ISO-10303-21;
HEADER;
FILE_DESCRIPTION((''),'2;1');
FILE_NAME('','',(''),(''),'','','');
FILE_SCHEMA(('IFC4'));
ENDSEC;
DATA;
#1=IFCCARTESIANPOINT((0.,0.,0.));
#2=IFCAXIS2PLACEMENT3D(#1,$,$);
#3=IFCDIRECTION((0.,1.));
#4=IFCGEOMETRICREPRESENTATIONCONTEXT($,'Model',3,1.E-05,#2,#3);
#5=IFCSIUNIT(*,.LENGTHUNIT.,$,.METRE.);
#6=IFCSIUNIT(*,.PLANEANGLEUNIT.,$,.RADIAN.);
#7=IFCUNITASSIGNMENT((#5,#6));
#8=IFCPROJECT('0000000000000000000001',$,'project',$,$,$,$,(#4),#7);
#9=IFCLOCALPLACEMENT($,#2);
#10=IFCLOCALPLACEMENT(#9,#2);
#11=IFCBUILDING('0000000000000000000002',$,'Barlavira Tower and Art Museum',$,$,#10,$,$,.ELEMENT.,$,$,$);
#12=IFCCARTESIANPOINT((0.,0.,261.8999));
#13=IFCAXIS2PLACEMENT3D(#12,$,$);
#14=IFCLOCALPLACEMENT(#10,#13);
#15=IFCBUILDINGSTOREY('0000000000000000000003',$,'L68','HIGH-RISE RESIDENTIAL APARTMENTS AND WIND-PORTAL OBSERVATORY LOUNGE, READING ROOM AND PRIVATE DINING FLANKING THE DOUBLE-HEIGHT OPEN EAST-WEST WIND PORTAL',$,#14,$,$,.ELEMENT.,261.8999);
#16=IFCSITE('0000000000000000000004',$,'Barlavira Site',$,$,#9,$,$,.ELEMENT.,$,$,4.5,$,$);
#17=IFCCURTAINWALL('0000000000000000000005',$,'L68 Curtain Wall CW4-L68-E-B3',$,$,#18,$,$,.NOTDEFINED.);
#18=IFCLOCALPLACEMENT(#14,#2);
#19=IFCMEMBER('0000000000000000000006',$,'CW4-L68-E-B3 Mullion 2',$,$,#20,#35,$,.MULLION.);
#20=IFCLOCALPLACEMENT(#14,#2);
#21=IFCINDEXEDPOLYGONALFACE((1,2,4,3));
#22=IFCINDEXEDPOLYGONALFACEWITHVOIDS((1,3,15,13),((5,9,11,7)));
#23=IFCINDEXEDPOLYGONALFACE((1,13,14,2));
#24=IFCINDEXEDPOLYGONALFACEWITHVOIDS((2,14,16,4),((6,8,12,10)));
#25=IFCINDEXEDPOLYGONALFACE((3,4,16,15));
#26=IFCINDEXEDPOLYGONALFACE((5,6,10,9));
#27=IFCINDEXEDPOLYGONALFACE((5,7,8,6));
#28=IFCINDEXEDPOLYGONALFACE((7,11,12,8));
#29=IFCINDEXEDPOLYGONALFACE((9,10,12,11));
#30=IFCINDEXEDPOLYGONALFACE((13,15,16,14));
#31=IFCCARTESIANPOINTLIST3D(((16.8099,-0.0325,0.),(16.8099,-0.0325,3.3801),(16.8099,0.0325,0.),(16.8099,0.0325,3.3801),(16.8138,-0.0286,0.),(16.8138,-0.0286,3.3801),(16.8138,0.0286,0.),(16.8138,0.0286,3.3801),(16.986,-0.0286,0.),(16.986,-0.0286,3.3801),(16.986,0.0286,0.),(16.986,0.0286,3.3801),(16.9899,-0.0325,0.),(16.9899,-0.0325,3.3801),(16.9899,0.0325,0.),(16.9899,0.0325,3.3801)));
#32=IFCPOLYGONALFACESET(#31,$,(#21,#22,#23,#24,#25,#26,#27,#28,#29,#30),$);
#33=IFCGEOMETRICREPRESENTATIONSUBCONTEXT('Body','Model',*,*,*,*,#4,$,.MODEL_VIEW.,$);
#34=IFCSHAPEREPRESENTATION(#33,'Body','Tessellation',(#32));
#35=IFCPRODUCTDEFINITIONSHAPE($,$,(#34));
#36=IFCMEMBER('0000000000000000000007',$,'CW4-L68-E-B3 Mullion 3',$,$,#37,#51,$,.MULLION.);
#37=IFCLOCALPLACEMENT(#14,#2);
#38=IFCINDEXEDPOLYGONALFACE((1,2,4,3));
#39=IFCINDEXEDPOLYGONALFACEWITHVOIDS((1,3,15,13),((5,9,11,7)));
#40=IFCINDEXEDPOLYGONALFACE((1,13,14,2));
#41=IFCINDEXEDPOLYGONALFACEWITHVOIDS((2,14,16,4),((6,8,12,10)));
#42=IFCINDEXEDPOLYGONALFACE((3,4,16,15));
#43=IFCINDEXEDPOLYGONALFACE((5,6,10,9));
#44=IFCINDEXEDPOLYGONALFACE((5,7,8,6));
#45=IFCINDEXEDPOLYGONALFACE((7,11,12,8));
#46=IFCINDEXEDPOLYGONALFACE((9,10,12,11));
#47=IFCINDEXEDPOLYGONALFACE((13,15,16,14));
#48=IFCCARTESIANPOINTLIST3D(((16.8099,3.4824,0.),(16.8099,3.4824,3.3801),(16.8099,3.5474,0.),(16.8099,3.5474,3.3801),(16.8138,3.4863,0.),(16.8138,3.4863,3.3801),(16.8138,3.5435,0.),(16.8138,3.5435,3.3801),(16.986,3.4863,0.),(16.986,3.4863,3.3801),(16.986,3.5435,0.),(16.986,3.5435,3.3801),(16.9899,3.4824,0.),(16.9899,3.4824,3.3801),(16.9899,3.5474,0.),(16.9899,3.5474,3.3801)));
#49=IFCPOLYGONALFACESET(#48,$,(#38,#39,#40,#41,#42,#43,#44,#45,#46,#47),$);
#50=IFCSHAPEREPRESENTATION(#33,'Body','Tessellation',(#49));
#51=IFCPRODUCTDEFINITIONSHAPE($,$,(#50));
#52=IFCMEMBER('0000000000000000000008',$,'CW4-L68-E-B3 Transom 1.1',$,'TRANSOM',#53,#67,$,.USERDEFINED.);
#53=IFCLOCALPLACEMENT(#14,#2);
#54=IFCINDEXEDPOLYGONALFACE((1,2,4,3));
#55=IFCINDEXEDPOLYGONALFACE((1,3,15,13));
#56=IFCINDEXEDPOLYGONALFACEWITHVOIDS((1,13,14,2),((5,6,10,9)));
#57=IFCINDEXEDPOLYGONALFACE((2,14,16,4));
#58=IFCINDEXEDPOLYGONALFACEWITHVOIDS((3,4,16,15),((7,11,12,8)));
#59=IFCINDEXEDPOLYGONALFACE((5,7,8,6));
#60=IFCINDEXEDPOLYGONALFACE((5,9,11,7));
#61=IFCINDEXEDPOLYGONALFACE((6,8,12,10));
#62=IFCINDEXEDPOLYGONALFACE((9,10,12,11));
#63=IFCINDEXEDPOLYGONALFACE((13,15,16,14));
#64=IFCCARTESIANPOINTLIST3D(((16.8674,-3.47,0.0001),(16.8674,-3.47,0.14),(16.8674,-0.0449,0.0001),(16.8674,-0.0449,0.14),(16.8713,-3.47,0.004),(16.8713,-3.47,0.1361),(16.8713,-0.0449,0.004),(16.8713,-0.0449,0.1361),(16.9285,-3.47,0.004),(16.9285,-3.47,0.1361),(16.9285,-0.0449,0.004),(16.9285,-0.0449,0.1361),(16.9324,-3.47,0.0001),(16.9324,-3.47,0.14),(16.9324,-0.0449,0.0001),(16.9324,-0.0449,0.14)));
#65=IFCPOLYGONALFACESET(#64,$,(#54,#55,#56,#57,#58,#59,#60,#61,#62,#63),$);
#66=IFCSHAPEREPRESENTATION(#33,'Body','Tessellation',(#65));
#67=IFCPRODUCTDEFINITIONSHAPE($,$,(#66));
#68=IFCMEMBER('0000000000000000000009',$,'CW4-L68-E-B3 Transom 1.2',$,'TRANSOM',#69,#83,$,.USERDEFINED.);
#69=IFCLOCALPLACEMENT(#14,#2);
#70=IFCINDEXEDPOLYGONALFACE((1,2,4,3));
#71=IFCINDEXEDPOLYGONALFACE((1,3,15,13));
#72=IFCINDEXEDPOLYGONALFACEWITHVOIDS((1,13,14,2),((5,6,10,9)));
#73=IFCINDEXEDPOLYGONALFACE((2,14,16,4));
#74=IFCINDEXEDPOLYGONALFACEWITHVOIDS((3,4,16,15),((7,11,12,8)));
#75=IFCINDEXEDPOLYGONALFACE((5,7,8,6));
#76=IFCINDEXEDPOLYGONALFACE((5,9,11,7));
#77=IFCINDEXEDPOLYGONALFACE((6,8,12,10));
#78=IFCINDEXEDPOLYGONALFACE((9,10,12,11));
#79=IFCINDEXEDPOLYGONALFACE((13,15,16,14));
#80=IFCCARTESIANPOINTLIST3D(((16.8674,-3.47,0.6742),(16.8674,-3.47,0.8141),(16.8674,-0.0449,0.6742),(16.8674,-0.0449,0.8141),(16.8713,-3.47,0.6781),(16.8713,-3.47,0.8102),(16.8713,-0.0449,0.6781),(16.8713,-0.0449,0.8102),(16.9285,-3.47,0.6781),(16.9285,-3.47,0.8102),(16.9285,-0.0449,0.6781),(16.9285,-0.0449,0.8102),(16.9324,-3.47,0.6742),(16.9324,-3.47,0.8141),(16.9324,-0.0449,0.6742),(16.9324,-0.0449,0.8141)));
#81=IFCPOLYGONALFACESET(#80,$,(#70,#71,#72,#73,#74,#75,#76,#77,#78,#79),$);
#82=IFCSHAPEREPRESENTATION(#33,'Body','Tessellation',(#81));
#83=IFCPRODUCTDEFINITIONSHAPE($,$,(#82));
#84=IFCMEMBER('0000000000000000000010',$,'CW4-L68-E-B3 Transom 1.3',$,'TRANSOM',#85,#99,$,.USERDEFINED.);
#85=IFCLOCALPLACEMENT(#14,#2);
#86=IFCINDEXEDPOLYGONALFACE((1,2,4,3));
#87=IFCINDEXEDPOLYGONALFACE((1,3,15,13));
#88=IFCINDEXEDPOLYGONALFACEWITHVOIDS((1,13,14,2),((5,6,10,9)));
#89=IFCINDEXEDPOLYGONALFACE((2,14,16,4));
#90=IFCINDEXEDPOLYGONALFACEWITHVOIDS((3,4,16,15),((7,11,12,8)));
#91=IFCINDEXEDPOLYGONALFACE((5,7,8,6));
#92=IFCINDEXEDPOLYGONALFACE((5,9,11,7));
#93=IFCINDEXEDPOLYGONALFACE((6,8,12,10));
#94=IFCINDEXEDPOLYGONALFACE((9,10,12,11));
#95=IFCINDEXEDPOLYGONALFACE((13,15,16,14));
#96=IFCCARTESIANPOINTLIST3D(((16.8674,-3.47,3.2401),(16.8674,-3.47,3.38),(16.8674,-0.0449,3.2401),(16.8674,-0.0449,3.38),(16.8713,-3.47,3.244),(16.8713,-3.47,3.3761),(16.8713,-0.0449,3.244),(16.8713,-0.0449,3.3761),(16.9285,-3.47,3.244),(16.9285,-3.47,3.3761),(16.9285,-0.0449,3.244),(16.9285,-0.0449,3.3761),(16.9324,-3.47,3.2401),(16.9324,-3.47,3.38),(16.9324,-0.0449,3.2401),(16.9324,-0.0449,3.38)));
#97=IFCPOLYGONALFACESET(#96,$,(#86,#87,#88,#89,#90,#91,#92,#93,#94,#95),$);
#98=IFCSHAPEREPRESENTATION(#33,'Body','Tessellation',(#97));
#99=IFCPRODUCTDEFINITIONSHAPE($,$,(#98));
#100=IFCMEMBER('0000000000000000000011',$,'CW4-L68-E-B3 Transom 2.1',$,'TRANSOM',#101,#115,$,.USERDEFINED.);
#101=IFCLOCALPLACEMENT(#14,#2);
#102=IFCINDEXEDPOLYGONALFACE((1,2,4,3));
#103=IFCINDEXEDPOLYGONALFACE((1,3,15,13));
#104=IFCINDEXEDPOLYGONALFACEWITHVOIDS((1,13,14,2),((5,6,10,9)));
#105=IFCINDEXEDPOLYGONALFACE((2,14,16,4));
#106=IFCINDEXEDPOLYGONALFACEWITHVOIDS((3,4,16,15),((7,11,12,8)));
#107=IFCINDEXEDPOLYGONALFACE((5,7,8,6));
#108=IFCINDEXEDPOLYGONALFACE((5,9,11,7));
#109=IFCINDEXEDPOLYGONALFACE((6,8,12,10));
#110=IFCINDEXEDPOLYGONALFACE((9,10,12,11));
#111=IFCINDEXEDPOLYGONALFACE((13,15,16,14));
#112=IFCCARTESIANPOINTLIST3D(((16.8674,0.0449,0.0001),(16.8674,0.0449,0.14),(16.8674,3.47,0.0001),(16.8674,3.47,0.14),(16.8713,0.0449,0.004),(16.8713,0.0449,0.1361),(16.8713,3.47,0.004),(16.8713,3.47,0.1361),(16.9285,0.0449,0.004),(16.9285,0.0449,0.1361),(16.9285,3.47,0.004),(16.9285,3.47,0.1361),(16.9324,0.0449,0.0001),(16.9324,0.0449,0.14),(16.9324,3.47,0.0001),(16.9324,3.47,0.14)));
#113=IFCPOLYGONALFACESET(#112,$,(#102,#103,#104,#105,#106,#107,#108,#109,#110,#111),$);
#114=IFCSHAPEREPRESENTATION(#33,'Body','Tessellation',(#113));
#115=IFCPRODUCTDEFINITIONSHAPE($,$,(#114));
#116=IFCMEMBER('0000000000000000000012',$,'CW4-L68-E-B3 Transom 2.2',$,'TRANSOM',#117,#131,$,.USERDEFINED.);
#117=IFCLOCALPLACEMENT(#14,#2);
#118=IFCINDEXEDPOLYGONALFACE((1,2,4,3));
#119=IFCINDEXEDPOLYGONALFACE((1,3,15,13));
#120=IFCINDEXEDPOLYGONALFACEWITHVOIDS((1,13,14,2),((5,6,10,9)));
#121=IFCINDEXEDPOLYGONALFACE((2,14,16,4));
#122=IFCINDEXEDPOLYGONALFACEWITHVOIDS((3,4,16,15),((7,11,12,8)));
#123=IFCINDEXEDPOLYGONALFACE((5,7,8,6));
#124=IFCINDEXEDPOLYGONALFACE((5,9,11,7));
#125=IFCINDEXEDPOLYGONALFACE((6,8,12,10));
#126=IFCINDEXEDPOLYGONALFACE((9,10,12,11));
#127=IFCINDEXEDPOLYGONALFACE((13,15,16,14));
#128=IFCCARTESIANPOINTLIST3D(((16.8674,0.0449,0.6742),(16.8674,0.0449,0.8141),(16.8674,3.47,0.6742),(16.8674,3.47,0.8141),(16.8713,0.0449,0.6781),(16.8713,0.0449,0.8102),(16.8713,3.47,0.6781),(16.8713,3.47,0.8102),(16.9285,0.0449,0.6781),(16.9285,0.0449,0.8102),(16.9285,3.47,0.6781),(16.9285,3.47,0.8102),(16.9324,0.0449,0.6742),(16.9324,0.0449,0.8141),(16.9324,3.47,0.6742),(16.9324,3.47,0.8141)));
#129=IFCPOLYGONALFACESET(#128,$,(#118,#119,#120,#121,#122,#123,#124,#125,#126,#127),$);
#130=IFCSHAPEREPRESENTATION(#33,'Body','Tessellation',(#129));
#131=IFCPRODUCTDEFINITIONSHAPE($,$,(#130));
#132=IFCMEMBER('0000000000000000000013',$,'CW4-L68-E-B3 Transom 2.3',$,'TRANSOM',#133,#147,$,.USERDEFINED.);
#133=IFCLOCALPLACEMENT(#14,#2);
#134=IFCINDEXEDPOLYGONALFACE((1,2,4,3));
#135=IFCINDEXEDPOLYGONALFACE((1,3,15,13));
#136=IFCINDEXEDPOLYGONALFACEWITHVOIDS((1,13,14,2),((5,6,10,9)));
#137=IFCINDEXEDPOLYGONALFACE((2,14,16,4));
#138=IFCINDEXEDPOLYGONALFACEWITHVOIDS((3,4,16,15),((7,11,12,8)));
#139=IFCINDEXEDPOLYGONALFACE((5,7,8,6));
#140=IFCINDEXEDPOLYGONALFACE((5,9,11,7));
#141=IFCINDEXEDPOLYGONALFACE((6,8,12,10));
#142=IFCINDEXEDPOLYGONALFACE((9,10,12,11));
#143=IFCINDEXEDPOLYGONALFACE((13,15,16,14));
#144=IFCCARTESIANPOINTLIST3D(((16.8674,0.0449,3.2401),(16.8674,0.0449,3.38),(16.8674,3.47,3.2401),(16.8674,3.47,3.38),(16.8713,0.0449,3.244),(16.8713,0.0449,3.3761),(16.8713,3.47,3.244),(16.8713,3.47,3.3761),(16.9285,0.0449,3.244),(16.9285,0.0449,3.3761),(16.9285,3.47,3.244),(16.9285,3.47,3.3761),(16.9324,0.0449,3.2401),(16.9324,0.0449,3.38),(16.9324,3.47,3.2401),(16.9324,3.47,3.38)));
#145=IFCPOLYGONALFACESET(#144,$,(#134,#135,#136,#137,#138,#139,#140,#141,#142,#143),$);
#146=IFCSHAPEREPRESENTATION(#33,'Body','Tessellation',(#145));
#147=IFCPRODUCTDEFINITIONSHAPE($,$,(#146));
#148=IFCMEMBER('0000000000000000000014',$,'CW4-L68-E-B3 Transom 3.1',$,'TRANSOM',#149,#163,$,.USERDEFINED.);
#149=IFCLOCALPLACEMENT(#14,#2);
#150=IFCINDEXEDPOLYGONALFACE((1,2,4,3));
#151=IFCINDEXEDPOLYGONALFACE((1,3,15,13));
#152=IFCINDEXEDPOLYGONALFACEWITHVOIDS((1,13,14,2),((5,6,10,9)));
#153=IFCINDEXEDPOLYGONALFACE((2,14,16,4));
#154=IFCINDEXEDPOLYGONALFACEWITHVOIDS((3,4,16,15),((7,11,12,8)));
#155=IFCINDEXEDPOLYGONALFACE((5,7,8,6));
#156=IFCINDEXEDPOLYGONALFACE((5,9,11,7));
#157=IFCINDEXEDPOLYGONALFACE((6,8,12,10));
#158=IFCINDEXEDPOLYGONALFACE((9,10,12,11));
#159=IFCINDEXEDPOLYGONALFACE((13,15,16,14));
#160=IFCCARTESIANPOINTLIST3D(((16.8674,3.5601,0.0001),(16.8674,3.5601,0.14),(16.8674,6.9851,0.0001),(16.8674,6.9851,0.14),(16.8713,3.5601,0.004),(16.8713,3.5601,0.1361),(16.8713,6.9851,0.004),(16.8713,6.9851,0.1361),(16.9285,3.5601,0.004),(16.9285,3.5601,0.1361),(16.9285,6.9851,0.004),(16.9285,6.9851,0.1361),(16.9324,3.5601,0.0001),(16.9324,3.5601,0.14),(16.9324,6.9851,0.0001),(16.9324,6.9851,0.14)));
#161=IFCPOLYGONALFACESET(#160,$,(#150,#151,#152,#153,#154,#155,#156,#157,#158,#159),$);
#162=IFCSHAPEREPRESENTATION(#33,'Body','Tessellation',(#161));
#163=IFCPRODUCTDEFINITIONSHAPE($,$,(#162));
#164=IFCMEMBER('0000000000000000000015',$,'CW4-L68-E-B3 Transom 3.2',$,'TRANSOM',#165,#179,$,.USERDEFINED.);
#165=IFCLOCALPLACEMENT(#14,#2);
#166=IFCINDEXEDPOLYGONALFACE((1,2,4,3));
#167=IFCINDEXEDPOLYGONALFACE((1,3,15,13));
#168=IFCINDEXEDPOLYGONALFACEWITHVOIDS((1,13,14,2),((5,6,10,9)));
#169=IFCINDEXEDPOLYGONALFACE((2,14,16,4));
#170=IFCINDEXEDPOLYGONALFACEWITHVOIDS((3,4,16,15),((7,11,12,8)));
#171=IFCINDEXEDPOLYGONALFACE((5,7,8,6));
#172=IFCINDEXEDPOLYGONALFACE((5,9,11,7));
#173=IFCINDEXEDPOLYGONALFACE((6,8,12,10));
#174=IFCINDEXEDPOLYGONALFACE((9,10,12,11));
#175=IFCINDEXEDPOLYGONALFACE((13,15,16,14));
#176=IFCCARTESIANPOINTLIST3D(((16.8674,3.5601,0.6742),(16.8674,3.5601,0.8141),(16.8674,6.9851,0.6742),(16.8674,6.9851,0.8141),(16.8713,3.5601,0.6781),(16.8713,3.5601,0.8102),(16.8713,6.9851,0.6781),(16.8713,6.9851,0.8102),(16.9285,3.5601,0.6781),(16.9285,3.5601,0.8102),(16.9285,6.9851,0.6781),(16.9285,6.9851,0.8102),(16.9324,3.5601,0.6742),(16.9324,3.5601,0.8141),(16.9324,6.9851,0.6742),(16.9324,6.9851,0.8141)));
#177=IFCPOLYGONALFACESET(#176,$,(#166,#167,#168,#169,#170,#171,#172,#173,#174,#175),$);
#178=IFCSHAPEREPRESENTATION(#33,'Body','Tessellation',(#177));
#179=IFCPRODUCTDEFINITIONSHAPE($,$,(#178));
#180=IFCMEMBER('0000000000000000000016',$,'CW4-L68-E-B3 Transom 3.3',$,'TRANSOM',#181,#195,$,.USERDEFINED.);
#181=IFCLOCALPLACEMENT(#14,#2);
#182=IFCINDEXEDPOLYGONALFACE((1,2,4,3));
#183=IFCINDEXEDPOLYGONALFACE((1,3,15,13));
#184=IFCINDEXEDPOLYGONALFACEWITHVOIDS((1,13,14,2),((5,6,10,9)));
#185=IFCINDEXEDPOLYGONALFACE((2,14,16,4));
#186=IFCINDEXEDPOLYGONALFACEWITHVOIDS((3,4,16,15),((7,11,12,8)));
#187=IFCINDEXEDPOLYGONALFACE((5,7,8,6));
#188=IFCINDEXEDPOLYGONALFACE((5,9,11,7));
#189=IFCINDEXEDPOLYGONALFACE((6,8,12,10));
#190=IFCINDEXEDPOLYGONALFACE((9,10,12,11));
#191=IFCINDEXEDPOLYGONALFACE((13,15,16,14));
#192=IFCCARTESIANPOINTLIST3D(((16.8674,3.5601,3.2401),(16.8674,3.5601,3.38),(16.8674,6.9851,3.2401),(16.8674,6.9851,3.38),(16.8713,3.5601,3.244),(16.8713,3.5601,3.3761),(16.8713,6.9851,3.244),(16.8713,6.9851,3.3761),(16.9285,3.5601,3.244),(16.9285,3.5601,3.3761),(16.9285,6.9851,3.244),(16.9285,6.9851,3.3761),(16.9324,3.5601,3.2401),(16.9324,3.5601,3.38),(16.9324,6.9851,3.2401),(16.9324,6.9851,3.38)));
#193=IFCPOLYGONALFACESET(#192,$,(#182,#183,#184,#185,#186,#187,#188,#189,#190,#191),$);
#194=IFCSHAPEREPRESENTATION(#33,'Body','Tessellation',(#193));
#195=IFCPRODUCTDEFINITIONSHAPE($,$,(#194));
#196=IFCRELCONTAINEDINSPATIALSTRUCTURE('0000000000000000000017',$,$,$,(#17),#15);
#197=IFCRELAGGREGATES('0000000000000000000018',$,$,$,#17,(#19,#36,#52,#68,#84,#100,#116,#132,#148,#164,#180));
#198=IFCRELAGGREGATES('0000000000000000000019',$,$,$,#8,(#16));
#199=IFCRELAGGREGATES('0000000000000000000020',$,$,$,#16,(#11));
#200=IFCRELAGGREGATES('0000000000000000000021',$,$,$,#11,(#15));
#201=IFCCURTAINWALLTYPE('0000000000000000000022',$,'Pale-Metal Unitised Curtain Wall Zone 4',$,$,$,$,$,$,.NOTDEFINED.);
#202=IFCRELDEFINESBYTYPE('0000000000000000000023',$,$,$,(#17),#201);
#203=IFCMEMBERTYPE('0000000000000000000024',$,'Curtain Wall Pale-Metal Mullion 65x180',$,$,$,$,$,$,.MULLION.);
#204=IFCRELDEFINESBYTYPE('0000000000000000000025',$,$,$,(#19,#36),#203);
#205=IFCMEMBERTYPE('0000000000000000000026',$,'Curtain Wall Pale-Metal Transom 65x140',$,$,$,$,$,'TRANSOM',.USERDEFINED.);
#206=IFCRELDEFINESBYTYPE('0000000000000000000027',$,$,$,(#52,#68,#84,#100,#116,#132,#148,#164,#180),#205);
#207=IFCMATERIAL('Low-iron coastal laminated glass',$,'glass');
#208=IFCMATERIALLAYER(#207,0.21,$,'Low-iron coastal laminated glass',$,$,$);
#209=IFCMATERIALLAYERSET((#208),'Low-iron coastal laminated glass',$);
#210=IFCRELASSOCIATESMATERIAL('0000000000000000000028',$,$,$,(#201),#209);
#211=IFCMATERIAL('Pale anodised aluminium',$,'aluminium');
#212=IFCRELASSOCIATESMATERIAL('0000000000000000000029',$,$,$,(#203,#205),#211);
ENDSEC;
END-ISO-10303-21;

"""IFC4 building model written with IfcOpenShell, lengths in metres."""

from ifc_helpers import new_model, si_unit, direction, frame, origin, origin_2d, place, context, subcontext, project, spatial, hollow_rectangle, extrude, material, layer, layer_set, material_profile, profile_set, type_object, element, aggregate, save


model = new_model("IFC4")

# Units and contexts
model_context = context("Model", 3, precision=1e-05, world=origin(), true_north=direction((0.0, 1.0)))
body_context = subcontext(model_context, "Body", "Model", "MODEL_VIEW")
ifc_project = project(units=[si_unit("LENGTHUNIT", "METRE"), si_unit("PLANEANGLEUNIT", "RADIAN")], contexts=[model_context])

# Site, building, storey
site_placement = place(None, origin())
site = spatial("IfcSite", under=ifc_project, at=site_placement, Name="Barlavira Site", CompositionType="ELEMENT", RefElevation=4.5)
building_placement = place(site_placement, origin())
building = spatial("IfcBuilding", under=site, at=building_placement, Name="Barlavira Tower and Art Museum", CompositionType="ELEMENT")
storey_placement = place(building_placement, frame((0.0, 0.0, 261.8999)))
storey = spatial("IfcBuildingStorey", under=building, at=storey_placement, Name="L68", Description="HIGH-RISE RESIDENTIAL APARTMENTS AND WIND-PORTAL OBSERVATORY LOUNGE, READING ROOM AND PRIVATE DINING FLANKING THE DOUBLE-HEIGHT OPEN EAST-WEST WIND PORTAL", CompositionType="ELEMENT", Elevation=261.8999)

# Curtain wall, members
ifc_material_1 = material(Name="Low-iron coastal laminated glass", Category="glass")
ifc_layer_1 = layer(ifc_material_1, 0.21, Name="Low-iron coastal laminated glass")
ifc_layer_set_1 = layer_set([ifc_layer_1], Name="Low-iron coastal laminated glass")
curtain_wall_type = type_object("IfcCurtainWallType", Name="Pale-Metal Unitised Curtain Wall Zone 4", PredefinedType="NOTDEFINED", material=ifc_layer_set_1)
curtain_wall_placement = place(storey_placement, origin())
curtain_wall = element("IfcCurtainWall", 1, at=curtain_wall_placement, inside=storey, type_object=curtain_wall_type, Name="L68 Curtain Wall CW4-L68-E-B3", PredefinedType="NOTDEFINED")
ifc_material_2 = material(Name="Pale anodised aluminium", Category="aluminium")
ifc_material_profile_1 = material_profile(ifc_material_2, hollow_rectangle(XDim=0.0649, YDim=0.1799, WallThickness=0.0039, at=origin_2d()), Name="ALU-MULL 65x180x4")
ifc_profile_set_1 = profile_set([ifc_material_profile_1], Name="Pale anodised aluminium")
member_type_1 = type_object("IfcMemberType", Name="Curtain Wall Pale-Metal Mullion 65x180", PredefinedType="MULLION", material=ifc_profile_set_1)
member_1_placement = place(storey_placement, frame((16.8999, 0.0, 0.0), z_axis=(0.0, 0.0, 1.0), x_axis=(0.0, 1.0, 0.0)))
member_1 = element("IfcMember", 2, at=member_1_placement, type_object=member_type_1, Name="CW4-L68-E-B3 Mullion 2", PredefinedType="MULLION", context=body_context, shape_type="SweptSolid", body=[
    extrude(hollow_rectangle(XDim=0.0649, YDim=0.1799, WallThickness=0.0039, at=origin_2d()), origin(), (0.0, 0.0, 1.0), 3.3801),
])
member_2_placement = place(storey_placement, frame((16.8999, 3.5149, 0.0), z_axis=(0.0, 0.0, 1.0), x_axis=(0.0, 1.0, 0.0)))
member_2 = element("IfcMember", 3, at=member_2_placement, type_object=member_type_1, Name="CW4-L68-E-B3 Mullion 3", PredefinedType="MULLION", context=body_context, shape_type="SweptSolid", body=[
    extrude(hollow_rectangle(XDim=0.0649, YDim=0.1799, WallThickness=0.0039, at=origin_2d()), origin(), (0.0, 0.0, 1.0), 3.3801),
])
ifc_material_profile_2 = material_profile(ifc_material_2, hollow_rectangle(XDim=0.0649, YDim=0.1399, WallThickness=0.0039, at=origin_2d()), Name="ALU-TRAN 65x140x4")
ifc_profile_set_2 = profile_set([ifc_material_profile_2], Name="Pale anodised aluminium")
member_type_2 = type_object("IfcMemberType", Name="Curtain Wall Pale-Metal Transom 65x140", ElementType="TRANSOM", PredefinedType="USERDEFINED", material=ifc_profile_set_2)
member_3_placement = place(storey_placement, frame((16.8999, -3.47, 0.0701), z_axis=(0.0, 1.0, 0.0), x_axis=(-1.0, 0.0, 0.0)))
member_3 = element("IfcMember", 4, at=member_3_placement, type_object=member_type_2, Name="CW4-L68-E-B3 Transom 1.1", ObjectType="TRANSOM", PredefinedType="USERDEFINED", context=body_context, shape_type="SweptSolid", body=[
    extrude(hollow_rectangle(XDim=0.0649, YDim=0.1399, WallThickness=0.0039, at=origin_2d()), origin(), (0.0, 0.0, 1.0), 3.425),
])
member_4_placement = place(storey_placement, frame((16.8999, -3.47, 0.7441), z_axis=(0.0, 1.0, 0.0), x_axis=(-1.0, 0.0, 0.0)))
member_4 = element("IfcMember", 5, at=member_4_placement, type_object=member_type_2, Name="CW4-L68-E-B3 Transom 1.2", ObjectType="TRANSOM", PredefinedType="USERDEFINED", context=body_context, shape_type="SweptSolid", body=[
    extrude(hollow_rectangle(XDim=0.0649, YDim=0.1399, WallThickness=0.0039, at=origin_2d()), origin(), (0.0, 0.0, 1.0), 3.425),
])
member_5_placement = place(storey_placement, frame((16.8999, -3.47, 3.3101), z_axis=(0.0, 1.0, 0.0), x_axis=(-1.0, 0.0, 0.0)))
member_5 = element("IfcMember", 6, at=member_5_placement, type_object=member_type_2, Name="CW4-L68-E-B3 Transom 1.3", ObjectType="TRANSOM", PredefinedType="USERDEFINED", context=body_context, shape_type="SweptSolid", body=[
    extrude(hollow_rectangle(XDim=0.0649, YDim=0.1399, WallThickness=0.0039, at=origin_2d()), origin(), (0.0, 0.0, 1.0), 3.425),
])
member_6_placement = place(storey_placement, frame((16.8999, 0.0449, 0.0701), z_axis=(0.0, 1.0, 0.0), x_axis=(-1.0, 0.0, 0.0)))
member_6 = element("IfcMember", 7, at=member_6_placement, type_object=member_type_2, Name="CW4-L68-E-B3 Transom 2.1", ObjectType="TRANSOM", PredefinedType="USERDEFINED", context=body_context, shape_type="SweptSolid", body=[
    extrude(hollow_rectangle(XDim=0.0649, YDim=0.1399, WallThickness=0.0039, at=origin_2d()), origin(), (0.0, 0.0, 1.0), 3.425),
])
member_7_placement = place(storey_placement, frame((16.8999, 0.0449, 0.7441), z_axis=(0.0, 1.0, 0.0), x_axis=(-1.0, 0.0, 0.0)))
member_7 = element("IfcMember", 8, at=member_7_placement, type_object=member_type_2, Name="CW4-L68-E-B3 Transom 2.2", ObjectType="TRANSOM", PredefinedType="USERDEFINED", context=body_context, shape_type="SweptSolid", body=[
    extrude(hollow_rectangle(XDim=0.0649, YDim=0.1399, WallThickness=0.0039, at=origin_2d()), origin(), (0.0, 0.0, 1.0), 3.425),
])
member_8_placement = place(storey_placement, frame((16.8999, 0.0449, 3.3101), z_axis=(0.0, 1.0, 0.0), x_axis=(-1.0, 0.0, 0.0)))
member_8 = element("IfcMember", 9, at=member_8_placement, type_object=member_type_2, Name="CW4-L68-E-B3 Transom 2.3", ObjectType="TRANSOM", PredefinedType="USERDEFINED", context=body_context, shape_type="SweptSolid", body=[
    extrude(hollow_rectangle(XDim=0.0649, YDim=0.1399, WallThickness=0.0039, at=origin_2d()), origin(), (0.0, 0.0, 1.0), 3.425),
])
member_9_placement = place(storey_placement, frame((16.8999, 3.5601, 0.0701), z_axis=(0.0, 1.0, 0.0), x_axis=(-1.0, 0.0, 0.0)))
member_9 = element("IfcMember", 10, at=member_9_placement, type_object=member_type_2, Name="CW4-L68-E-B3 Transom 3.1", ObjectType="TRANSOM", PredefinedType="USERDEFINED", context=body_context, shape_type="SweptSolid", body=[
    extrude(hollow_rectangle(XDim=0.0649, YDim=0.1399, WallThickness=0.0039, at=origin_2d()), origin(), (0.0, 0.0, 1.0), 3.425),
])
member_10_placement = place(storey_placement, frame((16.8999, 3.5601, 0.7441), z_axis=(0.0, 1.0, 0.0), x_axis=(-1.0, 0.0, 0.0)))
member_10 = element("IfcMember", 11, at=member_10_placement, type_object=member_type_2, Name="CW4-L68-E-B3 Transom 3.2", ObjectType="TRANSOM", PredefinedType="USERDEFINED", context=body_context, shape_type="SweptSolid", body=[
    extrude(hollow_rectangle(XDim=0.0649, YDim=0.1399, WallThickness=0.0039, at=origin_2d()), origin(), (0.0, 0.0, 1.0), 3.425),
])
member_11_placement = place(storey_placement, frame((16.8999, 3.5601, 3.3101), z_axis=(0.0, 1.0, 0.0), x_axis=(-1.0, 0.0, 0.0)))
member_11 = element("IfcMember", 12, at=member_11_placement, type_object=member_type_2, Name="CW4-L68-E-B3 Transom 3.3", ObjectType="TRANSOM", PredefinedType="USERDEFINED", context=body_context, shape_type="SweptSolid", body=[
    extrude(hollow_rectangle(XDim=0.0649, YDim=0.1399, WallThickness=0.0039, at=origin_2d()), origin(), (0.0, 0.0, 1.0), 3.425),
])

aggregate(curtain_wall, [member_1, member_2, member_3, member_4, member_5, member_6, member_7, member_8, member_9, member_10, member_11])

save(model, "model.ifc")
